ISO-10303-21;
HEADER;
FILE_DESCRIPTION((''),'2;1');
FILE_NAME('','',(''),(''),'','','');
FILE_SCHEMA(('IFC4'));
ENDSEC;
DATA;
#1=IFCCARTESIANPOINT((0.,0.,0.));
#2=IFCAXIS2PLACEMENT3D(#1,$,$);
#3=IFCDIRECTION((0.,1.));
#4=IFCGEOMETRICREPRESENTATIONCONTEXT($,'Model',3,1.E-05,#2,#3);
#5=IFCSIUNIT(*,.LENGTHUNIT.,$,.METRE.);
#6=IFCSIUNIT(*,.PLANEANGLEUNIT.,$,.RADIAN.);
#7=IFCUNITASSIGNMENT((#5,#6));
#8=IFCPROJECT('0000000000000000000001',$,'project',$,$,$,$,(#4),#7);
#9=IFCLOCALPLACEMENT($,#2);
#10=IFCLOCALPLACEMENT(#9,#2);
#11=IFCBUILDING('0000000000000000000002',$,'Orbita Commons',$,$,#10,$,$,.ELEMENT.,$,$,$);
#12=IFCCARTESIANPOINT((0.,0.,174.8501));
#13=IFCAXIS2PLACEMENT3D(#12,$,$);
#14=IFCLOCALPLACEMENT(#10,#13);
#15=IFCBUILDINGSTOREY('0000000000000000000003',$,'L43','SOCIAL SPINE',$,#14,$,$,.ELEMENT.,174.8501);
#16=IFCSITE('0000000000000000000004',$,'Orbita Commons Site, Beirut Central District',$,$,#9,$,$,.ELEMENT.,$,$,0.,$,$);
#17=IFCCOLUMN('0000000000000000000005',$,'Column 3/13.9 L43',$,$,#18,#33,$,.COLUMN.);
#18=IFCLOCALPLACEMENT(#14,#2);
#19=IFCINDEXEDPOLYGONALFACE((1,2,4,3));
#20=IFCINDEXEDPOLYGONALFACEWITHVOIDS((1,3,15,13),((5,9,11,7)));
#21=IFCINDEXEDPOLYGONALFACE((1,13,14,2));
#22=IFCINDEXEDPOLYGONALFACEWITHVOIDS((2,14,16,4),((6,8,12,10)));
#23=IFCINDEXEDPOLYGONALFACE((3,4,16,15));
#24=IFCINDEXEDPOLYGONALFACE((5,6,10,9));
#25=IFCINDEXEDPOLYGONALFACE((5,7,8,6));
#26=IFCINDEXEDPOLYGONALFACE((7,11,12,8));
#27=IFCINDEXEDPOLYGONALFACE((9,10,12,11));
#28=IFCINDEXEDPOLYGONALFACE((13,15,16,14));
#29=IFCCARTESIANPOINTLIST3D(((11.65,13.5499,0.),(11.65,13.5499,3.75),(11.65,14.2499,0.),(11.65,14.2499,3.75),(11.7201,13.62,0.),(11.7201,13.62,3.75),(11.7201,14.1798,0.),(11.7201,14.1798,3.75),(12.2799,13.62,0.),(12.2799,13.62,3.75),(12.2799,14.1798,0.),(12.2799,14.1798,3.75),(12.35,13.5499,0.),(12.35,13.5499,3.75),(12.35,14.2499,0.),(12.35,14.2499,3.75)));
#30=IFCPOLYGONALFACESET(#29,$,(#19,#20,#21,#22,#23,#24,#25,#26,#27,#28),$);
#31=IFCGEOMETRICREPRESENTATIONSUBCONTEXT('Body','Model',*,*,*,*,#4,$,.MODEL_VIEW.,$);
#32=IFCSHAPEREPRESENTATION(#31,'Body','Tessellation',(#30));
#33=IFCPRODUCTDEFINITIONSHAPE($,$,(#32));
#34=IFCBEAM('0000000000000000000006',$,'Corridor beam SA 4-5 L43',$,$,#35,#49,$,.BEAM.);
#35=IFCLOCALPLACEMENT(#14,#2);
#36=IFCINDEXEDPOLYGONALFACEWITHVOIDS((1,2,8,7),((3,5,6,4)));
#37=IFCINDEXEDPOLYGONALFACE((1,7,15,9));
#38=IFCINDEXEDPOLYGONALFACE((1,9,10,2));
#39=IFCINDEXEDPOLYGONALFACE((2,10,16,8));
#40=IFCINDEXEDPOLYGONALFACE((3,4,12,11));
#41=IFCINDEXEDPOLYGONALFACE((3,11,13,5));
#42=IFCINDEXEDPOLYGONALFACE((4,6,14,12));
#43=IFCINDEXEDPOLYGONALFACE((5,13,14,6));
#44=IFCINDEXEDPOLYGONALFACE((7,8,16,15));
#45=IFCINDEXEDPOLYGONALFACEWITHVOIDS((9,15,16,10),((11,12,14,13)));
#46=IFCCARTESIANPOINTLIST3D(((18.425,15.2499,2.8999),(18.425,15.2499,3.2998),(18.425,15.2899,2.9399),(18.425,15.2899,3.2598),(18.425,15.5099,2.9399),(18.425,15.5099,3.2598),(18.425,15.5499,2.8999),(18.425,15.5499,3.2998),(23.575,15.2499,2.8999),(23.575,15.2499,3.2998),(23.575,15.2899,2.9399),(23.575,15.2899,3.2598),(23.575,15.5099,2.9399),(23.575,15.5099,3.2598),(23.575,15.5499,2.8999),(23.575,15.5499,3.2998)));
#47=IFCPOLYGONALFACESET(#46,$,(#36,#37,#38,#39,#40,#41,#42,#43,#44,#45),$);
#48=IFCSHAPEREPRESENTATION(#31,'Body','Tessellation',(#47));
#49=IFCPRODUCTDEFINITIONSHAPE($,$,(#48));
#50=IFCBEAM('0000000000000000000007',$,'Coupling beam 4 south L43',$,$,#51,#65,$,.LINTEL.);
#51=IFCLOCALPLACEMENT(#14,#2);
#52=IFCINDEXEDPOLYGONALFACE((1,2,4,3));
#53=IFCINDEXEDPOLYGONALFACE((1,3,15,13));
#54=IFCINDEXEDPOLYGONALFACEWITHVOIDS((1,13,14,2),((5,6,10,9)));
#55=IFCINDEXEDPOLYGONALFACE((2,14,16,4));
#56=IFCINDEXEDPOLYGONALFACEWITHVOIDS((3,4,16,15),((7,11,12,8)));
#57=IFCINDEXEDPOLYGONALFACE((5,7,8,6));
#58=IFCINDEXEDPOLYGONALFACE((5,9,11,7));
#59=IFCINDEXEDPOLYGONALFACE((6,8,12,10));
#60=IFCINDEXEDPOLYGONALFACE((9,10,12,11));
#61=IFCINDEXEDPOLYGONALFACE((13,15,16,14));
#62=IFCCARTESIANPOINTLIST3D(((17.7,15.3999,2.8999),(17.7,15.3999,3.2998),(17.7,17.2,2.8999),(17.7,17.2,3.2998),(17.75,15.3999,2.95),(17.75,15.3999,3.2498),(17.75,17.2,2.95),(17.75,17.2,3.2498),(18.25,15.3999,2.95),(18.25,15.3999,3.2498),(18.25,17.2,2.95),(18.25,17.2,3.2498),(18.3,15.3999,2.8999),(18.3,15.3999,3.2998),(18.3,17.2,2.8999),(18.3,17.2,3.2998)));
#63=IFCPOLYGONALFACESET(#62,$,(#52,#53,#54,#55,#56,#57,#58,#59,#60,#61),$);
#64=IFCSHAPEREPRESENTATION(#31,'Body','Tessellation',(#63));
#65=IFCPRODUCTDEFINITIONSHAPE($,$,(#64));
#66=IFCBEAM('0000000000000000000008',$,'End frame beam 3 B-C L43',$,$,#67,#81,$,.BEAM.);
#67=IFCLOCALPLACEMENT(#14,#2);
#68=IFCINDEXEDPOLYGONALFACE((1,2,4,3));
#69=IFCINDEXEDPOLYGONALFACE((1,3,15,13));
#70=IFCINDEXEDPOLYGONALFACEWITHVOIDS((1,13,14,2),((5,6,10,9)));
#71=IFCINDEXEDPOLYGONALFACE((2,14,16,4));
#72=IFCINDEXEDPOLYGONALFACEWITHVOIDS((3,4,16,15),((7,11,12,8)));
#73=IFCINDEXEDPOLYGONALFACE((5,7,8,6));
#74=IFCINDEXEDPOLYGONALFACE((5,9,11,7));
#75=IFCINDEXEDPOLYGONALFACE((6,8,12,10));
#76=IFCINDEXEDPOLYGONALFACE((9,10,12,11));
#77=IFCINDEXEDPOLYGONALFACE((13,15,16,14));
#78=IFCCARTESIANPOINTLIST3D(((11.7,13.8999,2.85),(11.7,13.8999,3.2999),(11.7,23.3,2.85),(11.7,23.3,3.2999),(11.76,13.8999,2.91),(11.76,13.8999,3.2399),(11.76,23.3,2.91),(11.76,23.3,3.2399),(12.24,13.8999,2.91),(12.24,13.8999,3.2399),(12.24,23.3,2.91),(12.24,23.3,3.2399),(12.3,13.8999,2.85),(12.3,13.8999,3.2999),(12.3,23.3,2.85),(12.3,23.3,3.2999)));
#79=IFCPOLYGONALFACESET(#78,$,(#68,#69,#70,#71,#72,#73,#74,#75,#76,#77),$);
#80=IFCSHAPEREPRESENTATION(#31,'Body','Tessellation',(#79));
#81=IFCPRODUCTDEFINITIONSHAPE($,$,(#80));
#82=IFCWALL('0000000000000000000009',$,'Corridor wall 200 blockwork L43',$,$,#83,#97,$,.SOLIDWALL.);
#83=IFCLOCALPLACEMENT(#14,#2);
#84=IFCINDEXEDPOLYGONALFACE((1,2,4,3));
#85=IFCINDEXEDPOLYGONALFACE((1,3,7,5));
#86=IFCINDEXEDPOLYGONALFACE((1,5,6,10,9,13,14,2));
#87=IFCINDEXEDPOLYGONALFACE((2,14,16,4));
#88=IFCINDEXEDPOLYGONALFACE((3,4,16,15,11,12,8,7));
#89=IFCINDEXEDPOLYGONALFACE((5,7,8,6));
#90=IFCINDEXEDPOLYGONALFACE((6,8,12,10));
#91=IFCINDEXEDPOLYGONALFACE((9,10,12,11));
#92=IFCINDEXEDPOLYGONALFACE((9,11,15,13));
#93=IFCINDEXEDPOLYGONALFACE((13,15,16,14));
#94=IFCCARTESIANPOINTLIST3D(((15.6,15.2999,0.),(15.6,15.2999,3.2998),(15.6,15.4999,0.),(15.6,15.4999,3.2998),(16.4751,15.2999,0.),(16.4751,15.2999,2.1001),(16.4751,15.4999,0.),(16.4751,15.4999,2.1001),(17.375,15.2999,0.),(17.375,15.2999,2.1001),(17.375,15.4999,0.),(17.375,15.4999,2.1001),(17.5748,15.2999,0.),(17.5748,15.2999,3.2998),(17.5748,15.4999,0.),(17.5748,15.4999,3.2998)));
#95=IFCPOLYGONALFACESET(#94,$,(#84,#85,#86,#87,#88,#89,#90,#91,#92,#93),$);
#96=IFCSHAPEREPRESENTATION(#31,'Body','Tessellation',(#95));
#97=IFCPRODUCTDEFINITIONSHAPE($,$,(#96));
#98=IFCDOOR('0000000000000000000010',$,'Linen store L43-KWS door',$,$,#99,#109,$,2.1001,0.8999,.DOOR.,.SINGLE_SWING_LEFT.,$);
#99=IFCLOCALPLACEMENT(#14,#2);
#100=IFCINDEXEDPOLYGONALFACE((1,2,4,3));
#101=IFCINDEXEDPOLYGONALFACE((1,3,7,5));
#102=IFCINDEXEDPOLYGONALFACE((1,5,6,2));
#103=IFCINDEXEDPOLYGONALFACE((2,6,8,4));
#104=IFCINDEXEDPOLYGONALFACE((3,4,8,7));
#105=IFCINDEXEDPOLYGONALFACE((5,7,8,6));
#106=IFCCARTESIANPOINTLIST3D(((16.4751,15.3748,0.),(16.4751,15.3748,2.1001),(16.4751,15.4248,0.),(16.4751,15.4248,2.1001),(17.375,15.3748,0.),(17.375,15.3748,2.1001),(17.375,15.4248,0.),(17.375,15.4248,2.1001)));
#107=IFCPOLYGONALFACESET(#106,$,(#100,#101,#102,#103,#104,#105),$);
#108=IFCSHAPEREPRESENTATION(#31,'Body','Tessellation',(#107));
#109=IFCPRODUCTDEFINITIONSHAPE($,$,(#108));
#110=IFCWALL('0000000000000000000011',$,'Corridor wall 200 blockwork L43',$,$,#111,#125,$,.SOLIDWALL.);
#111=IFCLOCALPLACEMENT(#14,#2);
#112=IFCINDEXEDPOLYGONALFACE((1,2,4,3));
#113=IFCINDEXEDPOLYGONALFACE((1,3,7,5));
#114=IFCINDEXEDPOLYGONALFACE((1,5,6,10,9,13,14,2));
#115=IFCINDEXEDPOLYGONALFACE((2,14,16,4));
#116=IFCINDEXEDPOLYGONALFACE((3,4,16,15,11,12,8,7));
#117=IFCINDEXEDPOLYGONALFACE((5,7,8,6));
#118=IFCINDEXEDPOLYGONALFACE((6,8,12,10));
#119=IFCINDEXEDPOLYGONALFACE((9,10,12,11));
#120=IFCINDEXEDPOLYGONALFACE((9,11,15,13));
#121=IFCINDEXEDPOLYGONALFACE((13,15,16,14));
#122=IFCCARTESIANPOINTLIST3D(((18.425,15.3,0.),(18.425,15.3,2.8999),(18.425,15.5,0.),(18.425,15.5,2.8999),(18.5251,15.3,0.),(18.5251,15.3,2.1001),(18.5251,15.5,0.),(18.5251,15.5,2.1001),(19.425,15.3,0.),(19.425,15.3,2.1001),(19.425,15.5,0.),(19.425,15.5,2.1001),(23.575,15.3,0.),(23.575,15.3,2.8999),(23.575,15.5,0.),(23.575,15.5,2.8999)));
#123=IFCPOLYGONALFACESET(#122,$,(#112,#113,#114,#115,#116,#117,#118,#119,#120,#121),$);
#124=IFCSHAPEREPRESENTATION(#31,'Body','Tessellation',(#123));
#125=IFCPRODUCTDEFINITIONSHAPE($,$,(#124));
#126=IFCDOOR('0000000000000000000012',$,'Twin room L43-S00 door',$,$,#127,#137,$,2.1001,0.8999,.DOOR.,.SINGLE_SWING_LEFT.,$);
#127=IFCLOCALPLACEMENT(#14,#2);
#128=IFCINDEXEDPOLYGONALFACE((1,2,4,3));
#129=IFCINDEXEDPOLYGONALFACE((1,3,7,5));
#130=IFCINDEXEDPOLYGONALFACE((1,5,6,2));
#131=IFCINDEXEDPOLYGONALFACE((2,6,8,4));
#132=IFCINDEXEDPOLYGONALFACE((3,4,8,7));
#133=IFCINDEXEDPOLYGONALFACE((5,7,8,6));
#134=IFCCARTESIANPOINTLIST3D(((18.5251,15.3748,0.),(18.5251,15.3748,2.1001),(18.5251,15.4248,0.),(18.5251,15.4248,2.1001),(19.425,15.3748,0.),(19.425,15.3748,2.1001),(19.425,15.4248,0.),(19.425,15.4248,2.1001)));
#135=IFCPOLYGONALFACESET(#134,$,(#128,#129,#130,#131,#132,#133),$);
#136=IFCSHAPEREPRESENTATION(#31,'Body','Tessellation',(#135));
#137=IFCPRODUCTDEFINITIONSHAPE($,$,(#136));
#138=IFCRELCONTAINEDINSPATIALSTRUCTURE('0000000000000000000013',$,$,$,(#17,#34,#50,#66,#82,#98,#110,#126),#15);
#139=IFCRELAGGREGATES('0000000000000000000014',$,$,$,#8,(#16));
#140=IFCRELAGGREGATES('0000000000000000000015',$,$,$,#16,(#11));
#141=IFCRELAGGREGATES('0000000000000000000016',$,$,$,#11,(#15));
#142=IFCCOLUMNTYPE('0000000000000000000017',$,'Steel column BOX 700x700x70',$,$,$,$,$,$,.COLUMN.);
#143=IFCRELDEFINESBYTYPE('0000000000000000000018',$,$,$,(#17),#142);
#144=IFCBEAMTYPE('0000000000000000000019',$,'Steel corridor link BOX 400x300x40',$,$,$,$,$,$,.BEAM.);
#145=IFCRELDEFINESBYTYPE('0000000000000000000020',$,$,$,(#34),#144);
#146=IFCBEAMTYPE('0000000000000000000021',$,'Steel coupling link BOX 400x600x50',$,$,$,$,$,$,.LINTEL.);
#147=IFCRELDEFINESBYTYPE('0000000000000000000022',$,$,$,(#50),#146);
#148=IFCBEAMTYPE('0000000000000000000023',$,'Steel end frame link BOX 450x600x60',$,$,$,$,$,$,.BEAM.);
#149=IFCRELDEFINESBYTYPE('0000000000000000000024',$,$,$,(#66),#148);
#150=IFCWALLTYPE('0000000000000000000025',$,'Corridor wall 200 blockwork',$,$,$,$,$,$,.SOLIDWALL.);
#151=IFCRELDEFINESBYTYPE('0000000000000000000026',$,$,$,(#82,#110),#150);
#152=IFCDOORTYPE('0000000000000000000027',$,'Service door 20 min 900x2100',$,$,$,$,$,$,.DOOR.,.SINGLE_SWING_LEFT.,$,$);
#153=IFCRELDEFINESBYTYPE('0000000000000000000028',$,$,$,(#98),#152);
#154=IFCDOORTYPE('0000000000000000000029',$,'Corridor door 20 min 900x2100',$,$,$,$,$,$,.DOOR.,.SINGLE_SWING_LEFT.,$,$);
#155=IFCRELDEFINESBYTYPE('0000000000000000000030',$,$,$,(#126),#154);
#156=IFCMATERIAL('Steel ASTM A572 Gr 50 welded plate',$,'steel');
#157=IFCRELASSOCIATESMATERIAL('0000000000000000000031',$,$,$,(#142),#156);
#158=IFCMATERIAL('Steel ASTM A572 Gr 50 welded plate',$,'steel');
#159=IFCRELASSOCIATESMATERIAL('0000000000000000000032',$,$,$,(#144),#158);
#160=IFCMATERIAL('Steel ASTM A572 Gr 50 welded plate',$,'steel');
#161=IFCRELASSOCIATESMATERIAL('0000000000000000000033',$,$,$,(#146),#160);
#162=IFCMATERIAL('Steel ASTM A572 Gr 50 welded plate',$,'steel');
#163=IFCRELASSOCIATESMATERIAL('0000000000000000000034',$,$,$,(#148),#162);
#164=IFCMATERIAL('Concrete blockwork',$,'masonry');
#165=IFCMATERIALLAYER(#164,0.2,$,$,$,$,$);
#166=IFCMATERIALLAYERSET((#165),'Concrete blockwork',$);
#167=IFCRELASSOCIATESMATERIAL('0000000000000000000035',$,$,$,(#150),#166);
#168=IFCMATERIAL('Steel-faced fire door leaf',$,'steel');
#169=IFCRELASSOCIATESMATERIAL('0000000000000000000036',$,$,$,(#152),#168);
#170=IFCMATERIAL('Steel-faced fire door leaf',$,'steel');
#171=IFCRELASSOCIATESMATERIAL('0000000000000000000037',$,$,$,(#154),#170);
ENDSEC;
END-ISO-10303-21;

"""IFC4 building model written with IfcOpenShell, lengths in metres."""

from ifc_helpers import new_model, si_unit, direction, frame, frame_2d, origin, origin_2d, place, context, subcontext, project, spatial, polyline, rectangle, hollow_rectangle, outline, extrude, material, layer, layer_set, material_profile, profile_set, type_object, element, fill, save


model = new_model("IFC4")

# Units and contexts
model_context = context("Model", 3, precision=1e-05, world=origin(), true_north=direction((0.0, 1.0)))
body_context = subcontext(model_context, "Body", "Model", "MODEL_VIEW")
ifc_project = project(units=[si_unit("LENGTHUNIT", "METRE"), si_unit("PLANEANGLEUNIT", "RADIAN")], contexts=[model_context])

# Site, building, storey
site_placement = place(None, origin())
site = spatial("IfcSite", under=ifc_project, at=site_placement, Name="Orbita Commons Site, Beirut Central District", CompositionType="ELEMENT", RefElevation=0.0)
building_placement = place(site_placement, origin())
building = spatial("IfcBuilding", under=site, at=building_placement, Name="Orbita Commons", CompositionType="ELEMENT")
storey_placement = place(building_placement, frame((0.0, 0.0, 174.8501)))
storey = spatial("IfcBuildingStorey", under=building, at=storey_placement, Name="L43", Description="SOCIAL SPINE", CompositionType="ELEMENT", Elevation=174.8501)

# Column
ifc_material_1 = material(Name="Steel ASTM A572 Gr 50 welded plate", Category="steel")
ifc_material_profile_1 = material_profile(ifc_material_1, hollow_rectangle(XDim=0.7, YDim=0.7, WallThickness=0.0701, at=origin_2d()), Name="BOX 700x700x70")
ifc_profile_set_1 = profile_set([ifc_material_profile_1], Name="Steel ASTM A572 Gr 50 welded plate")
column_type = type_object("IfcColumnType", Name="Steel column BOX 700x700x70", PredefinedType="COLUMN", material=ifc_profile_set_1)
column_placement = place(storey_placement, frame((12.0, 13.8999, 0.0), z_axis=(0.0, 0.0, 1.0), x_axis=(1.0, 0.0, 0.0)))
element("IfcColumn", 1, at=column_placement, inside=storey, type_object=column_type, Name="Column 3/13.9 L43", PredefinedType="COLUMN", context=body_context, shape_type="SweptSolid", body=[
    extrude(hollow_rectangle(XDim=0.7, YDim=0.7, WallThickness=0.0701, at=origin_2d()), origin(), (0.0, 0.0, 1.0), 3.75),
])

# Beams
ifc_material_2 = material(Name="Steel ASTM A572 Gr 50 welded plate", Category="steel")
ifc_material_profile_2 = material_profile(ifc_material_2, hollow_rectangle(XDim=0.3, YDim=0.3999, WallThickness=0.04, at=origin_2d()), Name="BOX 400x300x40")
ifc_profile_set_2 = profile_set([ifc_material_profile_2], Name="Steel ASTM A572 Gr 50 welded plate")
beam_type_1 = type_object("IfcBeamType", Name="Steel corridor link BOX 400x300x40", PredefinedType="BEAM", material=ifc_profile_set_2)
beam_1_placement = place(storey_placement, frame((18.425, 15.3999, 3.0999), z_axis=(1.0, 0.0, 0.0), x_axis=(0.0, 1.0, 0.0)))
element("IfcBeam", 2, at=beam_1_placement, inside=storey, type_object=beam_type_1, Name="Corridor beam SA 4-5 L43", PredefinedType="BEAM", context=body_context, shape_type="SweptSolid", body=[
    extrude(hollow_rectangle(XDim=0.3, YDim=0.3999, WallThickness=0.04, at=origin_2d()), origin(), (0.0, 0.0, 1.0), 5.1499),
])
ifc_material_3 = material(Name="Steel ASTM A572 Gr 50 welded plate", Category="steel")
ifc_material_profile_3 = material_profile(ifc_material_3, hollow_rectangle(XDim=0.6001, YDim=0.3999, WallThickness=0.05, at=origin_2d()), Name="BOX 400x600x50")
ifc_profile_set_3 = profile_set([ifc_material_profile_3], Name="Steel ASTM A572 Gr 50 welded plate")
beam_type_2 = type_object("IfcBeamType", Name="Steel coupling link BOX 400x600x50", PredefinedType="LINTEL", material=ifc_profile_set_3)
beam_2_placement = place(storey_placement, frame((18.0, 15.3999, 3.0999), z_axis=(0.0, 1.0, 0.0), x_axis=(-1.0, 0.0, 0.0)))
element("IfcBeam", 3, at=beam_2_placement, inside=storey, type_object=beam_type_2, Name="Coupling beam 4 south L43", PredefinedType="LINTEL", context=body_context, shape_type="SweptSolid", body=[
    extrude(hollow_rectangle(XDim=0.6001, YDim=0.3999, WallThickness=0.05, at=origin_2d()), origin(), (0.0, 0.0, 1.0), 1.8),
])
ifc_material_4 = material(Name="Steel ASTM A572 Gr 50 welded plate", Category="steel")
ifc_material_profile_4 = material_profile(ifc_material_4, hollow_rectangle(XDim=0.6001, YDim=0.45, WallThickness=0.0601, at=origin_2d()), Name="BOX 450x600x60")
ifc_profile_set_4 = profile_set([ifc_material_profile_4], Name="Steel ASTM A572 Gr 50 welded plate")
beam_type_3 = type_object("IfcBeamType", Name="Steel end frame link BOX 450x600x60", PredefinedType="BEAM", material=ifc_profile_set_4)
beam_3_placement = place(storey_placement, frame((12.0, 13.8999, 3.075), z_axis=(0.0, 1.0, 0.0), x_axis=(-1.0, 0.0, 0.0)))
element("IfcBeam", 4, at=beam_3_placement, inside=storey, type_object=beam_type_3, Name="End frame beam 3 B-C L43", PredefinedType="BEAM", context=body_context, shape_type="SweptSolid", body=[
    extrude(hollow_rectangle(XDim=0.6001, YDim=0.45, WallThickness=0.0601, at=origin_2d()), origin(), (0.0, 0.0, 1.0), 9.4001),
])

# Walls, openings, doors
ifc_material_5 = material(Name="Concrete blockwork", Category="masonry")
ifc_layer_1 = layer(ifc_material_5, 0.2)
ifc_layer_set_1 = layer_set([ifc_layer_1], Name="Concrete blockwork")
wall_type_1 = type_object("IfcWallType", Name="Corridor wall 200 blockwork", PredefinedType="SOLIDWALL", material=ifc_layer_set_1)
wall_1_placement = place(storey_placement, frame((15.6001, 15.3999, 0.0), z_axis=(0.0, 0.0, 1.0), x_axis=(1.0, 0.0, 0.0)))
wall_1 = element("IfcWall", 5, at=wall_1_placement, inside=storey, type_object=wall_type_1, Name="Corridor wall 200 blockwork L43", PredefinedType="SOLIDWALL", context=body_context, shape_type="SweptSolid", body=[
    extrude(rectangle(XDim=1.9749, YDim=0.2, at=frame_2d((0.9873, 0.0))), origin(), (0.0, 0.0, 1.0), 3.2998),
])
opening_1_placement = place(wall_1_placement, frame((0.875, 0.0, 0.0)))
opening_1 = element("IfcOpeningElement", 6, at=opening_1_placement, cuts=wall_1, PredefinedType="OPENING", context=body_context, shape_type="SweptSolid", body=[
    extrude(rectangle(XDim=0.8999, YDim=2.1001, at=frame_2d((0.45, 1.05))), frame((0.0, 0.1099, 0.0), z_axis=(0.0, -1.0, 0.0), x_axis=(1.0, 0.0, 0.0)), (0.0, 0.0, 1.0), 0.22),
])
ifc_material_6 = material(Name="Steel-faced fire door leaf", Category="steel")
door_type_1 = type_object("IfcDoorType", Name="Service door 20 min 900x2100", OperationType="SINGLE_SWING_LEFT", PredefinedType="DOOR", material=ifc_material_6)
door_1_placement = place(opening_1_placement, origin())
door_1 = element("IfcDoor", 7, at=door_1_placement, inside=storey, type_object=door_type_1, Name="Linen store L43-KWS door", OperationType="SINGLE_SWING_LEFT", OverallHeight=2.1001, OverallWidth=0.8999, PredefinedType="DOOR", context=body_context, shape_type="SweptSolid", body=[
    extrude(rectangle(XDim=0.8999, YDim=2.1001, at=frame_2d((0.45, 1.05))), frame((0.0, 0.0249, 0.0), z_axis=(0.0, -1.0, 0.0), x_axis=(1.0, 0.0, 0.0)), (0.0, 0.0, 1.0), 0.05),
])
fill(opening_1, door_1)
wall_2_placement = place(storey_placement, frame((18.425, 15.3999, 0.0), z_axis=(0.0, 0.0, 1.0), x_axis=(1.0, 0.0, 0.0)))
wall_2 = element("IfcWall", 8, at=wall_2_placement, inside=storey, type_object=wall_type_1, Name="Corridor wall 200 blockwork L43", PredefinedType="SOLIDWALL", context=body_context, shape_type="SweptSolid", body=[
    extrude(outline(polyline([(0.0, 0.0), (5.1499, 0.0), (5.1499, 2.8999), (0.0, 2.8999), (0.0, 0.0)])), frame((0.0, 0.1001, 0.0), z_axis=(0.0, -1.0, 0.0), x_axis=(1.0, 0.0, 0.0)), (0.0, 0.0, 1.0), 0.2),
])
opening_2_placement = place(wall_2_placement, frame((0.1001, 0.0, 0.0)))
opening_2 = element("IfcOpeningElement", 9, at=opening_2_placement, cuts=wall_2, PredefinedType="OPENING", context=body_context, shape_type="SweptSolid", body=[
    extrude(rectangle(XDim=0.8999, YDim=2.1001, at=frame_2d((0.45, 1.05))), frame((0.0, 0.1099, 0.0), z_axis=(0.0, -1.0, 0.0), x_axis=(1.0, 0.0, 0.0)), (0.0, 0.0, 1.0), 0.22),
])
ifc_material_7 = material(Name="Steel-faced fire door leaf", Category="steel")
door_type_2 = type_object("IfcDoorType", Name="Corridor door 20 min 900x2100", OperationType="SINGLE_SWING_LEFT", PredefinedType="DOOR", material=ifc_material_7)
door_2_placement = place(opening_2_placement, origin())
door_2 = element("IfcDoor", 10, at=door_2_placement, inside=storey, type_object=door_type_2, Name="Twin room L43-S00 door", OperationType="SINGLE_SWING_LEFT", OverallHeight=2.1001, OverallWidth=0.8999, PredefinedType="DOOR", context=body_context, shape_type="SweptSolid", body=[
    extrude(rectangle(XDim=0.8999, YDim=2.1001, at=frame_2d((0.45, 1.05))), frame((0.0, 0.0249, 0.0), z_axis=(0.0, -1.0, 0.0), x_axis=(1.0, 0.0, 0.0)), (0.0, 0.0, 1.0), 0.05),
])
fill(opening_2, door_2)

save(model, "model.ifc")
